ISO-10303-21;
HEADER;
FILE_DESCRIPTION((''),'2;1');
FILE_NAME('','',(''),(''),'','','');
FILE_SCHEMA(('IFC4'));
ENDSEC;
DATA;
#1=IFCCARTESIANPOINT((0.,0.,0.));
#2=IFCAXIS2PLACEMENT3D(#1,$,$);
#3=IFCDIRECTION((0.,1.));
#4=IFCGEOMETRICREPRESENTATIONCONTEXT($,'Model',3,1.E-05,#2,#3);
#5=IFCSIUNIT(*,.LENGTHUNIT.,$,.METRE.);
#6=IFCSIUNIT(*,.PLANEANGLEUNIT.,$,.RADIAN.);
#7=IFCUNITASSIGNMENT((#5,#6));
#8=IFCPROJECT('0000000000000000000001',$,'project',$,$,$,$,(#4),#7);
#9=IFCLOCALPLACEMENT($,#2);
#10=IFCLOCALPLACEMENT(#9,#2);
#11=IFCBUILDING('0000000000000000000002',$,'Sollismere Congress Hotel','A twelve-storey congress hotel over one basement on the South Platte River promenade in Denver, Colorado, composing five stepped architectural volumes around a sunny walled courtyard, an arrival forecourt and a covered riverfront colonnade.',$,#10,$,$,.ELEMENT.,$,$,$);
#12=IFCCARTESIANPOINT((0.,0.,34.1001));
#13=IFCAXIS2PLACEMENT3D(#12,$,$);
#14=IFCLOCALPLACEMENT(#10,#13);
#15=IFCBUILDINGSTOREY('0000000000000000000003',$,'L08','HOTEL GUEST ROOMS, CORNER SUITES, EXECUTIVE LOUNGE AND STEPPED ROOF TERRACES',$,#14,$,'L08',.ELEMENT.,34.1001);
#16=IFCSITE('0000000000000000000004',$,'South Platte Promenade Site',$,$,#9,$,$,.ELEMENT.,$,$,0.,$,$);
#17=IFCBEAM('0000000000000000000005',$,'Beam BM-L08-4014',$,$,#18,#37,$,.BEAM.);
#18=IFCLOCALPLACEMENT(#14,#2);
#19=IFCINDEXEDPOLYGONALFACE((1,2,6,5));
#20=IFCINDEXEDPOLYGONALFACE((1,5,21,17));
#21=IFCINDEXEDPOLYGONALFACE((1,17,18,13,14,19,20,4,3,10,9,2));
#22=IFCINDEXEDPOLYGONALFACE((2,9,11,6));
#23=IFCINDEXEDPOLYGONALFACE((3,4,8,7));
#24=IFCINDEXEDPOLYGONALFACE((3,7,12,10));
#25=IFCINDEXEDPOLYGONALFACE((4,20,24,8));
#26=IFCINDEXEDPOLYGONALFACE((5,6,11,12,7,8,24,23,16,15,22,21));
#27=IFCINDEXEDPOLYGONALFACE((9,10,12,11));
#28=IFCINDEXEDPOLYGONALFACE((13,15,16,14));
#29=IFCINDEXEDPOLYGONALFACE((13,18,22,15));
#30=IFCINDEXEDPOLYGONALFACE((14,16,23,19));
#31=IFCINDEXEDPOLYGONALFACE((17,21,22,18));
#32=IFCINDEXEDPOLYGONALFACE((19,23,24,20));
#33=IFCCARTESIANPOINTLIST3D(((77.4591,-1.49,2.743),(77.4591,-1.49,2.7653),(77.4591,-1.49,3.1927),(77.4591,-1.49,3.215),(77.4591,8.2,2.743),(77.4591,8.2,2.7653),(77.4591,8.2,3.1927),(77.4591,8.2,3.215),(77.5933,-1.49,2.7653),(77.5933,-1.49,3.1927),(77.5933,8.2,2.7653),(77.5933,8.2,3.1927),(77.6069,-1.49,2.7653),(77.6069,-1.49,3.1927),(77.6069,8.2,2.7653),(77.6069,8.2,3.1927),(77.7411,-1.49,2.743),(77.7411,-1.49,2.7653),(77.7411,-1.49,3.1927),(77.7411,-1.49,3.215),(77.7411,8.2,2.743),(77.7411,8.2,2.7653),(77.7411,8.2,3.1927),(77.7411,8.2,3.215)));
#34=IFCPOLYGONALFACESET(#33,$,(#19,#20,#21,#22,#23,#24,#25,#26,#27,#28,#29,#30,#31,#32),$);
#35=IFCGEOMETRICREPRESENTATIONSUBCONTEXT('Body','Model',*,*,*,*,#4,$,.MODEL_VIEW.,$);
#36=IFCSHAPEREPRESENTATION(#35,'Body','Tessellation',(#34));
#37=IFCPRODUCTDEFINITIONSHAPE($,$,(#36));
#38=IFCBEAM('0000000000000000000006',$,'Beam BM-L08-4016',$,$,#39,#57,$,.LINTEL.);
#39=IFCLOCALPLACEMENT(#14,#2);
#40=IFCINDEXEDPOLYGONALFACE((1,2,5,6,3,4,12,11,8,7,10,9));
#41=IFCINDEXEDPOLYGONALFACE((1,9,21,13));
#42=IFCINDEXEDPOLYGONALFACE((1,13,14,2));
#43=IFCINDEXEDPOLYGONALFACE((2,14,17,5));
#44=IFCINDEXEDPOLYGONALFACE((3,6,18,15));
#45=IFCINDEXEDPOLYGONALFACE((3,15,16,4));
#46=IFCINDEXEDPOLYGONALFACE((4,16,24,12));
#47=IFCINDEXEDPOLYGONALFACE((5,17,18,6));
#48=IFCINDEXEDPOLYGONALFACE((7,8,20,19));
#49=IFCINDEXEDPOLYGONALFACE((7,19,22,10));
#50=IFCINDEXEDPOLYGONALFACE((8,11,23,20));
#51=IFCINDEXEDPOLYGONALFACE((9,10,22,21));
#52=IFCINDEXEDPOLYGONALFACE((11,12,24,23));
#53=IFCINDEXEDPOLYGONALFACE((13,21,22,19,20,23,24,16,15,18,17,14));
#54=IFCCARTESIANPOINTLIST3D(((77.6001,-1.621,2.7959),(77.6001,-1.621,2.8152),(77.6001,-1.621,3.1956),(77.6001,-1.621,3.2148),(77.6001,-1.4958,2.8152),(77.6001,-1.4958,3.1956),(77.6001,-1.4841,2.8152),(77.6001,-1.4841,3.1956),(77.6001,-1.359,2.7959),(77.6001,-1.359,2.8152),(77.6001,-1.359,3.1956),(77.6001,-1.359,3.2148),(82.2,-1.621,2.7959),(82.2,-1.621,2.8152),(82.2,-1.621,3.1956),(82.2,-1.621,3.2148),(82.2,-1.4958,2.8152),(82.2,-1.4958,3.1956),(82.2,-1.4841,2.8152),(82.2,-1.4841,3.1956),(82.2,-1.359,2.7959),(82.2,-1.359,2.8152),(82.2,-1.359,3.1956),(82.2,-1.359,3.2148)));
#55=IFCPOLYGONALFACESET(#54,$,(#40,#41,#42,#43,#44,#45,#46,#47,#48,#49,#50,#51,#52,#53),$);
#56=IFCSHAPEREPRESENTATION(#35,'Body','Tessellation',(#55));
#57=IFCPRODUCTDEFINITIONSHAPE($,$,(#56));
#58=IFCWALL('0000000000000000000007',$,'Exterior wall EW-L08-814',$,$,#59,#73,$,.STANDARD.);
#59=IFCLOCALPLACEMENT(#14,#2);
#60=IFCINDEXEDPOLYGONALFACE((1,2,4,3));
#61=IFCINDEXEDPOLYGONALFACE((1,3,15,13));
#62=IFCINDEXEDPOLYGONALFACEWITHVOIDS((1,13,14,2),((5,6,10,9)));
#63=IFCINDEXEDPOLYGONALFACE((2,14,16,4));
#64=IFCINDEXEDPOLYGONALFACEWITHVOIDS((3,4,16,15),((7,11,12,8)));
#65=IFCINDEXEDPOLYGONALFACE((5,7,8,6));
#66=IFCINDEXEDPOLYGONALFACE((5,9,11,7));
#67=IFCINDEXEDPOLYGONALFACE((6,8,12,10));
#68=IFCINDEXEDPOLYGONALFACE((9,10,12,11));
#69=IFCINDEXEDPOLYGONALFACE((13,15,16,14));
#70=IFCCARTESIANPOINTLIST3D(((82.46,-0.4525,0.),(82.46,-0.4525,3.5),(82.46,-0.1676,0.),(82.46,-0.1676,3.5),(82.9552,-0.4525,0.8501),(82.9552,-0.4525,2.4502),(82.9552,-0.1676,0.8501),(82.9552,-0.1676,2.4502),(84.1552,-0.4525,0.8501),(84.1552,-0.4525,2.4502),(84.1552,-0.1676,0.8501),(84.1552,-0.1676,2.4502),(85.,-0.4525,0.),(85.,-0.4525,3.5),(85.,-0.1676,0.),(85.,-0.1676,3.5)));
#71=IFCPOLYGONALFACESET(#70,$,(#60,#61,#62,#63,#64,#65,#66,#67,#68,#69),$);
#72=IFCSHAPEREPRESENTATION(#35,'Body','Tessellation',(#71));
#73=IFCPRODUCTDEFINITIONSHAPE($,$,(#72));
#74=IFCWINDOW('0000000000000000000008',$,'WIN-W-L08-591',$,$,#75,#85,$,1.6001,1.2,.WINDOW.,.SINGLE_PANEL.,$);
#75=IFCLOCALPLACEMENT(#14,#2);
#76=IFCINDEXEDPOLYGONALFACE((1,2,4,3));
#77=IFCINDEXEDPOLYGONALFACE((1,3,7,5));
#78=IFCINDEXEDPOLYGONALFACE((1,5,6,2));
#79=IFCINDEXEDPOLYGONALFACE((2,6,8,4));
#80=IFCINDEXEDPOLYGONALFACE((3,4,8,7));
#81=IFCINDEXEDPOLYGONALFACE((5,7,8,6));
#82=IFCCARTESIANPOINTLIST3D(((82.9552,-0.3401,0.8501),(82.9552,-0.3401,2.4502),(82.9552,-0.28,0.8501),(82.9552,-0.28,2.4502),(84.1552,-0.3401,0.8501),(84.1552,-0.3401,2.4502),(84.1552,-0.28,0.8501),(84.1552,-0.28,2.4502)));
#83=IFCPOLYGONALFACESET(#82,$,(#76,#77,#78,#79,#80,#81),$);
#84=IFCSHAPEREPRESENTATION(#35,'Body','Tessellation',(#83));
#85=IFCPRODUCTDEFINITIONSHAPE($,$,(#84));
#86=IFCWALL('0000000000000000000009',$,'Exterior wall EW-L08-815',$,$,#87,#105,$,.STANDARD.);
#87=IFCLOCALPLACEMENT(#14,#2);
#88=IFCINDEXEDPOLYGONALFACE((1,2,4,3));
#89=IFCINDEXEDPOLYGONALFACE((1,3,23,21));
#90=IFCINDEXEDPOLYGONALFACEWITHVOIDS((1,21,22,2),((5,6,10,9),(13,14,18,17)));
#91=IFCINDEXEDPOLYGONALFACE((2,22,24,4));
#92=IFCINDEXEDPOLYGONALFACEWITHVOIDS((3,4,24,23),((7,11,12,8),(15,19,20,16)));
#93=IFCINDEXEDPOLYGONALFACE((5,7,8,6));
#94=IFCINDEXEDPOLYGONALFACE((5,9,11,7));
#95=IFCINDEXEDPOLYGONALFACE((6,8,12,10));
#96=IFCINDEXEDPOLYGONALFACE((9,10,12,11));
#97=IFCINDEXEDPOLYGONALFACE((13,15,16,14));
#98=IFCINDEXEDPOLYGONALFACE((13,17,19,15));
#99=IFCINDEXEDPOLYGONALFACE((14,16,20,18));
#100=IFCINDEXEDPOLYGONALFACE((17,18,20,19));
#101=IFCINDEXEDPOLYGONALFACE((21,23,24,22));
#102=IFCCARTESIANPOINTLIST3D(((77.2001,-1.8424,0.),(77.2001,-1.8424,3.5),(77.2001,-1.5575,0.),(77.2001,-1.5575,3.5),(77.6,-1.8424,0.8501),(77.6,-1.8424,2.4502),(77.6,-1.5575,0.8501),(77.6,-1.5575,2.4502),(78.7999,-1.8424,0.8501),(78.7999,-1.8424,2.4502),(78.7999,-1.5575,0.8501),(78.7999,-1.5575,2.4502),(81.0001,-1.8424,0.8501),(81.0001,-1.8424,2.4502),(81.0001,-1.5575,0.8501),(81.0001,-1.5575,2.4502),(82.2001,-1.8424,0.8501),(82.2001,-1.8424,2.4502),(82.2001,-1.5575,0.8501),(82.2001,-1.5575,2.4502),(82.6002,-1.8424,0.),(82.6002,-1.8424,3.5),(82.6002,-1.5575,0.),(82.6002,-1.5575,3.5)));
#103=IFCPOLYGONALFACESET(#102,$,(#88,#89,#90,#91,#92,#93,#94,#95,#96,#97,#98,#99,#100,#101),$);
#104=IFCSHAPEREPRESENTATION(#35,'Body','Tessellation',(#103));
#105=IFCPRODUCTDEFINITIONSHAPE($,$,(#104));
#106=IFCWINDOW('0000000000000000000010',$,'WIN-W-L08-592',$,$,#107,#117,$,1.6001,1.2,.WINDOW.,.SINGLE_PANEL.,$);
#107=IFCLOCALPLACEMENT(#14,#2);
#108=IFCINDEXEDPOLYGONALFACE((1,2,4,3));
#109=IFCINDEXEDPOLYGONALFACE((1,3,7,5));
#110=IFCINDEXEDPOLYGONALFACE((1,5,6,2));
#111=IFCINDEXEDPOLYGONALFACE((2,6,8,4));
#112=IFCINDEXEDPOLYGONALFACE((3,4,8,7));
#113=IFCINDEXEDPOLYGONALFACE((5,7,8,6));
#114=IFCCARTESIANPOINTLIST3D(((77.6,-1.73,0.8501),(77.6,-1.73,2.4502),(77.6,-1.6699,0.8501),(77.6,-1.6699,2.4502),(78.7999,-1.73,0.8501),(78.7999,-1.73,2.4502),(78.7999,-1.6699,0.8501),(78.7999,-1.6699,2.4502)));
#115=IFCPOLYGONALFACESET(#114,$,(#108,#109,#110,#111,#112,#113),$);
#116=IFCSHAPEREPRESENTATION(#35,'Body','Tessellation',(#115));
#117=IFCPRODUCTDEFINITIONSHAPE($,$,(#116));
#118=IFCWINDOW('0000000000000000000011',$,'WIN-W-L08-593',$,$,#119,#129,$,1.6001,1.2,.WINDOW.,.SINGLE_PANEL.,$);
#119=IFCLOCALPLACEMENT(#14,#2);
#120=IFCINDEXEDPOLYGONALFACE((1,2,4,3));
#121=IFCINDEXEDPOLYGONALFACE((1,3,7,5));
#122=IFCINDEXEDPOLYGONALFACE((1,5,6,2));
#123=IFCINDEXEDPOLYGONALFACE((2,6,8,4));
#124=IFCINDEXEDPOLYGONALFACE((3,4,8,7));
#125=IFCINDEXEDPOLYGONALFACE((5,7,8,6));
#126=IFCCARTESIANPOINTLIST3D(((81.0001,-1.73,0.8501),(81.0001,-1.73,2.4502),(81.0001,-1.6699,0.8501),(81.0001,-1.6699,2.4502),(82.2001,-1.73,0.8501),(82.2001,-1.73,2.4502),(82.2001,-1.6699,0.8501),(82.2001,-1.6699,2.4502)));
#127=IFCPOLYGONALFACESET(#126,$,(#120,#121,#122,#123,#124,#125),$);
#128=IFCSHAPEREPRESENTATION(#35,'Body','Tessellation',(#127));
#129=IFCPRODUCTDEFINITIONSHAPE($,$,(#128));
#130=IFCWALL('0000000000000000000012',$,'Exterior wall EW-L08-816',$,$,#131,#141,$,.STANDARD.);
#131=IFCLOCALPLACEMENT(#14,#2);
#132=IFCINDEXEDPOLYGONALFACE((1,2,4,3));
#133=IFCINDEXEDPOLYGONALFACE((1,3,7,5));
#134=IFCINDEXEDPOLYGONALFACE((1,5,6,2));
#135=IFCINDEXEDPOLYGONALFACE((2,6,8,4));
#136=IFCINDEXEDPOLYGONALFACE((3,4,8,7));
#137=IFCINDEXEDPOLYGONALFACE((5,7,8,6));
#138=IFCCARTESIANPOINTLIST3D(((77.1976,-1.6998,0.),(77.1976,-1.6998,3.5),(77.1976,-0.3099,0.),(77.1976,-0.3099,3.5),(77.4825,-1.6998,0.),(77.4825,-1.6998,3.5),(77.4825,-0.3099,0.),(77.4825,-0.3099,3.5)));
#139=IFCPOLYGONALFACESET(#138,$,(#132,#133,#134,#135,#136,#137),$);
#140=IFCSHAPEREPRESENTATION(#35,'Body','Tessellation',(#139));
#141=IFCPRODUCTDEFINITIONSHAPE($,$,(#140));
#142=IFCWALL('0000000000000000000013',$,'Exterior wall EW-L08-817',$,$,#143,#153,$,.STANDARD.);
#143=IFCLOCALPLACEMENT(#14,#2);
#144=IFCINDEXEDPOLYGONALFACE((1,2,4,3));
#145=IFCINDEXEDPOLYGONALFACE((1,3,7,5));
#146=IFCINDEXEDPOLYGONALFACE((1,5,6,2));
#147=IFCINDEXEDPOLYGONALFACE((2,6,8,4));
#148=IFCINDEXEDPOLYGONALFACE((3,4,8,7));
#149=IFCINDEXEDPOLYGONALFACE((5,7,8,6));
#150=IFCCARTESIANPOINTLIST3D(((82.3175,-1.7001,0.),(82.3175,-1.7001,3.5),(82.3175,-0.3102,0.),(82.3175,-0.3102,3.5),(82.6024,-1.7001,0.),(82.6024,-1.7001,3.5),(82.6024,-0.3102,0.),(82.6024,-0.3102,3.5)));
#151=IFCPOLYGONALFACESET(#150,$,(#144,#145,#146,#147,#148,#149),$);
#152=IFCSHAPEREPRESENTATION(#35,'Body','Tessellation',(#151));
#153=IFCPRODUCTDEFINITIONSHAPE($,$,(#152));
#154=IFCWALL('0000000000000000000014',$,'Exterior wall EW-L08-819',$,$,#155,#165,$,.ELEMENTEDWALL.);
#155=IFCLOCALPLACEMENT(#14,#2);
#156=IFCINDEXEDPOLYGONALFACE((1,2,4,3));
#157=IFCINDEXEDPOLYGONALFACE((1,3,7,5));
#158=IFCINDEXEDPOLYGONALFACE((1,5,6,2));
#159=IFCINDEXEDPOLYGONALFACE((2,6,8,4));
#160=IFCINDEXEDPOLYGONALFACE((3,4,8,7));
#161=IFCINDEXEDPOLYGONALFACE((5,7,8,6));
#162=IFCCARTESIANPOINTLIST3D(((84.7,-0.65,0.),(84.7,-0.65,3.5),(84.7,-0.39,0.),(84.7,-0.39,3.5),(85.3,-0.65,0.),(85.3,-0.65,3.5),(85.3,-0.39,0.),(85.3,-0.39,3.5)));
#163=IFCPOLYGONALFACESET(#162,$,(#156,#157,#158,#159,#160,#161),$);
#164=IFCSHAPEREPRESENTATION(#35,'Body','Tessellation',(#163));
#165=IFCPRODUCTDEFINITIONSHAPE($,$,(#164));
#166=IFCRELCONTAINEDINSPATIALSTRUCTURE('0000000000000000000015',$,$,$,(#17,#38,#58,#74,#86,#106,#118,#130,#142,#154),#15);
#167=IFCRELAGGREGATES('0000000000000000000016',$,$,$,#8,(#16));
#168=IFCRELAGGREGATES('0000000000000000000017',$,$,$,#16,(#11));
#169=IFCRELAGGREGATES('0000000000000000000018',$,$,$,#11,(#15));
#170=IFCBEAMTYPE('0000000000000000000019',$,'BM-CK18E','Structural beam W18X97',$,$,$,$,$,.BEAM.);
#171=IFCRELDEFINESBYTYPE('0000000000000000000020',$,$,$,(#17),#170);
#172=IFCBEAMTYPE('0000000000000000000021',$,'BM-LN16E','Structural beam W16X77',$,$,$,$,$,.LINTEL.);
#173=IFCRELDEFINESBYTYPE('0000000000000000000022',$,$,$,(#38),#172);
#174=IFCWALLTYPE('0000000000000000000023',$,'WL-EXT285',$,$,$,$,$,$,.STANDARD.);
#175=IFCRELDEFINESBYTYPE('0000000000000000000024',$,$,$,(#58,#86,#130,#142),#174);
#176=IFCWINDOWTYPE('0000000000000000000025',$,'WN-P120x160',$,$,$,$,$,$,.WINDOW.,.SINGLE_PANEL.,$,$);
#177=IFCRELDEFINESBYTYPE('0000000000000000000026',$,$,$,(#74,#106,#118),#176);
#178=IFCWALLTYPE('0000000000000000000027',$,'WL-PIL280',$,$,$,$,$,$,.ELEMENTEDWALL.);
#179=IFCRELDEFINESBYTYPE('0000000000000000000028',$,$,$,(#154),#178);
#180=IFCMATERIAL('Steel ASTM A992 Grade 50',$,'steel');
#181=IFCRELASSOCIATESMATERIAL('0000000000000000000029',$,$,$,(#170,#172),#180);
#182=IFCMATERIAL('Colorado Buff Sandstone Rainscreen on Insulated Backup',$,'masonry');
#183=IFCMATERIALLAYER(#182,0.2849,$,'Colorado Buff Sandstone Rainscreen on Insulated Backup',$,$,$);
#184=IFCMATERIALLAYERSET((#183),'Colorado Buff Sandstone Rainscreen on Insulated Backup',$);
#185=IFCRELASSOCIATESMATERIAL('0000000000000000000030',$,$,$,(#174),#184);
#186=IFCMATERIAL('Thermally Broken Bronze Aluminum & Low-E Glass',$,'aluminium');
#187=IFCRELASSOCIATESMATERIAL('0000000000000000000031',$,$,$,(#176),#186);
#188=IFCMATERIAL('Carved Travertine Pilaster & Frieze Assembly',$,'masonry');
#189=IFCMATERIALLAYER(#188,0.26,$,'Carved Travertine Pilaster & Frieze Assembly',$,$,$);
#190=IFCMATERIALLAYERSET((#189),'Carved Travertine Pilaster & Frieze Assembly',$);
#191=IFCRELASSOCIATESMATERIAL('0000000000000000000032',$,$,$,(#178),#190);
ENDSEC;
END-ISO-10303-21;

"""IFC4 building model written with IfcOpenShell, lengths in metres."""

from ifc_helpers import new_model, si_unit, direction, frame, frame_2d, origin, origin_2d, place, context, subcontext, project, spatial, rectangle, i_section, extrude, material, layer, layer_set, material_profile, profile_set, type_object, element, fill, save


model = new_model("IFC4")

# Units and contexts
model_context = context("Model", 3, precision=1e-05, world=origin(), true_north=direction((0.0, 1.0)))
body_context = subcontext(model_context, "Body", "Model", "MODEL_VIEW")
ifc_project = project(units=[si_unit("LENGTHUNIT", "METRE"), si_unit("PLANEANGLEUNIT", "RADIAN")], contexts=[model_context])

# Site, building, storey
site_placement = place(None, origin())
site = spatial("IfcSite", under=ifc_project, at=site_placement, Name="South Platte Promenade Site", CompositionType="ELEMENT", RefElevation=0.0)
building_placement = place(site_placement, origin())
building = spatial("IfcBuilding", under=site, at=building_placement, Name="Sollismere Congress Hotel", Description="A twelve-storey congress hotel over one basement on the South Platte River promenade in Denver, Colorado, composing five stepped architectural volumes around a sunny walled courtyard, an arrival forecourt and a covered riverfront colonnade.", CompositionType="ELEMENT")
storey_placement = place(building_placement, frame((0.0, 0.0, 34.1001)))
storey = spatial("IfcBuildingStorey", under=building, at=storey_placement, Name="L08", Description="HOTEL GUEST ROOMS, CORNER SUITES, EXECUTIVE LOUNGE AND STEPPED ROOF TERRACES", LongName="L08", CompositionType="ELEMENT", Elevation=34.1001)

# Beams
ifc_material_1 = material(Name="Steel ASTM A992 Grade 50", Category="steel")
ifc_material_profile_1 = material_profile(ifc_material_1, i_section(OverallWidth=0.282, OverallDepth=0.4719, WebThickness=0.0137, FlangeThickness=0.0222, at=origin_2d()), Name="W18X97")
ifc_profile_set_1 = profile_set([ifc_material_profile_1], Name="Steel ASTM A992 Grade 50")
beam_type_1 = type_object("IfcBeamType", Name="BM-CK18E", Description="Structural beam W18X97", PredefinedType="BEAM", material=ifc_profile_set_1)
beam_1_placement = place(storey_placement, frame((77.6001, 8.2, 2.979), z_axis=(0.0, -1.0, 0.0), x_axis=(1.0, 0.0, 0.0)))
element("IfcBeam", 1, at=beam_1_placement, inside=storey, type_object=beam_type_1, Name="Beam BM-L08-4014", PredefinedType="BEAM", context=body_context, shape_type="SweptSolid", body=[
    extrude(i_section(OverallWidth=0.282, OverallDepth=0.4719, WebThickness=0.0137, FlangeThickness=0.0222, at=origin_2d()), origin(), (0.0, 0.0, 1.0), 9.6899),
])
ifc_material_profile_2 = material_profile(ifc_material_1, i_section(OverallWidth=0.262, OverallDepth=0.4189, WebThickness=0.0117, FlangeThickness=0.0193, at=origin_2d()), Name="W16X77")
ifc_profile_set_2 = profile_set([ifc_material_profile_2], Name="Steel ASTM A992 Grade 50")
beam_type_2 = type_object("IfcBeamType", Name="BM-LN16E", Description="Structural beam W16X77", PredefinedType="LINTEL", material=ifc_profile_set_2)
beam_2_placement = place(storey_placement, frame((77.6001, -1.49, 3.0054), z_axis=(1.0, 0.0, 0.0), x_axis=(0.0, 1.0, 0.0)))
element("IfcBeam", 2, at=beam_2_placement, inside=storey, type_object=beam_type_2, Name="Beam BM-L08-4016", PredefinedType="LINTEL", context=body_context, shape_type="SweptSolid", body=[
    extrude(i_section(OverallWidth=0.262, OverallDepth=0.4189, WebThickness=0.0117, FlangeThickness=0.0193, at=origin_2d()), origin(), (0.0, 0.0, 1.0), 4.5999),
])

# Wall, opening, window
ifc_material_2 = material(Name="Colorado Buff Sandstone Rainscreen on Insulated Backup", Category="masonry")
ifc_layer_1 = layer(ifc_material_2, 0.2849, Name="Colorado Buff Sandstone Rainscreen on Insulated Backup")
ifc_layer_set_1 = layer_set([ifc_layer_1], Name="Colorado Buff Sandstone Rainscreen on Insulated Backup")
wall_type_1 = type_object("IfcWallType", Name="WL-EXT285", PredefinedType="STANDARD", material=ifc_layer_set_1)
wall_1_placement = place(storey_placement, frame((82.46, -0.3101, 0.0), z_axis=(0.0, 0.0, 1.0), x_axis=(1.0, 0.0, 0.0)))
wall_1 = element("IfcWall", 3, at=wall_1_placement, inside=storey, type_object=wall_type_1, Name="Exterior wall EW-L08-814", PredefinedType="STANDARD", context=body_context, shape_type="SweptSolid", body=[
    extrude(rectangle(XDim=2.54, YDim=0.2849, at=frame_2d((1.27, 0.0))), origin(), (0.0, 0.0, 1.0), 3.5),
])
opening_1_placement = place(wall_1_placement, frame((0.4951, 0.0, 0.8501)))
opening_1 = element("IfcOpeningElement", 4, at=opening_1_placement, cuts=wall_1, PredefinedType="OPENING", context=body_context, shape_type="SweptSolid", body=[
    extrude(rectangle(XDim=1.2, YDim=1.6001, at=frame_2d((0.6001, 0.8))), frame((0.0, 0.1523, 0.0), z_axis=(0.0, -1.0, 0.0), x_axis=(1.0, 0.0, 0.0)), (0.0, 0.0, 1.0), 0.3049),
])
ifc_material_3 = material(Name="Thermally Broken Bronze Aluminum & Low-E Glass", Category="aluminium")
window_type = type_object("IfcWindowType", Name="WN-P120x160", PartitioningType="SINGLE_PANEL", PredefinedType="WINDOW", material=ifc_material_3)
window_1_placement = place(opening_1_placement, origin())
window_1 = element("IfcWindow", 5, at=window_1_placement, inside=storey, type_object=window_type, Name="WIN-W-L08-591", OverallHeight=1.6001, OverallWidth=1.2, PartitioningType="SINGLE_PANEL", PredefinedType="WINDOW", context=body_context, shape_type="SweptSolid", body=[
    extrude(rectangle(XDim=1.2, YDim=1.6001, at=frame_2d((0.6001, 0.8))), frame((0.0, 0.03, 0.0), z_axis=(0.0, -1.0, 0.0), x_axis=(1.0, 0.0, 0.0)), (0.0, 0.0, 1.0), 0.0601),
])
fill(opening_1, window_1)

# Wall, openings, windows
wall_2_placement = place(storey_placement, frame((77.2, -1.7, 0.0), z_axis=(0.0, 0.0, 1.0), x_axis=(1.0, 0.0, 0.0)))
wall_2 = element("IfcWall", 6, at=wall_2_placement, inside=storey, type_object=wall_type_1, Name="Exterior wall EW-L08-815", PredefinedType="STANDARD", context=body_context, shape_type="SweptSolid", body=[
    extrude(rectangle(XDim=5.4001, YDim=0.2849, at=frame_2d((2.7002, 0.0))), origin(), (0.0, 0.0, 1.0), 3.5),
])
opening_2_placement = place(wall_2_placement, frame((0.3999, 0.0, 0.8501)))
opening_2 = element("IfcOpeningElement", 7, at=opening_2_placement, cuts=wall_2, PredefinedType="OPENING", context=body_context, shape_type="SweptSolid", body=[
    extrude(rectangle(XDim=1.2, YDim=1.6001, at=frame_2d((0.6001, 0.8))), frame((0.0, 0.1523, 0.0), z_axis=(0.0, -1.0, 0.0), x_axis=(1.0, 0.0, 0.0)), (0.0, 0.0, 1.0), 0.3049),
])
opening_3_placement = place(wall_2_placement, frame((3.8, 0.0, 0.8501)))
opening_3 = element("IfcOpeningElement", 8, at=opening_3_placement, cuts=wall_2, PredefinedType="OPENING", context=body_context, shape_type="SweptSolid", body=[
    extrude(rectangle(XDim=1.2, YDim=1.6001, at=frame_2d((0.6001, 0.8))), frame((0.0, 0.1523, 0.0), z_axis=(0.0, -1.0, 0.0), x_axis=(1.0, 0.0, 0.0)), (0.0, 0.0, 1.0), 0.3049),
])
window_2_placement = place(opening_2_placement, origin())
window_2 = element("IfcWindow", 9, at=window_2_placement, inside=storey, type_object=window_type, Name="WIN-W-L08-592", OverallHeight=1.6001, OverallWidth=1.2, PartitioningType="SINGLE_PANEL", PredefinedType="WINDOW", context=body_context, shape_type="SweptSolid", body=[
    extrude(rectangle(XDim=1.2, YDim=1.6001, at=frame_2d((0.6001, 0.8))), frame((0.0, 0.03, 0.0), z_axis=(0.0, -1.0, 0.0), x_axis=(1.0, 0.0, 0.0)), (0.0, 0.0, 1.0), 0.0601),
])
fill(opening_2, window_2)
window_3_placement = place(opening_3_placement, origin())
window_3 = element("IfcWindow", 10, at=window_3_placement, inside=storey, type_object=window_type, Name="WIN-W-L08-593", OverallHeight=1.6001, OverallWidth=1.2, PartitioningType="SINGLE_PANEL", PredefinedType="WINDOW", context=body_context, shape_type="SweptSolid", body=[
    extrude(rectangle(XDim=1.2, YDim=1.6001, at=frame_2d((0.6001, 0.8))), frame((0.0, 0.03, 0.0), z_axis=(0.0, -1.0, 0.0), x_axis=(1.0, 0.0, 0.0)), (0.0, 0.0, 1.0), 0.0601),
])
fill(opening_3, window_3)

# Walls
for number, where, z_axis, x_axis, name in (
    (11, (77.3401, -0.3101, 0.0), (0.0, 0.0, 1.0), (0.0, -1.0, 0.0), "Exterior wall EW-L08-816"),
    (12, (82.46, -1.7, 0.0), (0.0, 0.0, 1.0), (0.0, 1.0, 0.0), "Exterior wall EW-L08-817"),
):
    element("IfcWall", number, at=place(storey_placement, frame(where, z_axis=z_axis, x_axis=x_axis)), inside=storey, type_object=wall_type_1, Name=name, PredefinedType="STANDARD", context=body_context, shape_type="SweptSolid", body=[
        extrude(rectangle(XDim=1.3899, YDim=0.2849, at=frame_2d((0.6948, 0.0))), origin(), (0.0, 0.0, 1.0), 3.5),
    ])
ifc_material_4 = material(Name="Carved Travertine Pilaster & Frieze Assembly", Category="masonry")
ifc_layer_2 = layer(ifc_material_4, 0.26, Name="Carved Travertine Pilaster & Frieze Assembly")
ifc_layer_set_2 = layer_set([ifc_layer_2], Name="Carved Travertine Pilaster & Frieze Assembly")
wall_type_2 = type_object("IfcWallType", Name="WL-PIL280", PredefinedType="ELEMENTEDWALL", material=ifc_layer_set_2)
wall_3_placement = place(storey_placement, frame((84.7, -0.52, 0.0), z_axis=(0.0, 0.0, 1.0), x_axis=(1.0, 0.0, 0.0)))
element("IfcWall", 13, at=wall_3_placement, inside=storey, type_object=wall_type_2, Name="Exterior wall EW-L08-819", PredefinedType="ELEMENTEDWALL", context=body_context, shape_type="SweptSolid", body=[
    extrude(rectangle(XDim=0.6001, YDim=0.26, at=frame_2d((0.3, 0.0))), origin(), (0.0, 0.0, 1.0), 3.5),
])

save(model, "model.ifc")
